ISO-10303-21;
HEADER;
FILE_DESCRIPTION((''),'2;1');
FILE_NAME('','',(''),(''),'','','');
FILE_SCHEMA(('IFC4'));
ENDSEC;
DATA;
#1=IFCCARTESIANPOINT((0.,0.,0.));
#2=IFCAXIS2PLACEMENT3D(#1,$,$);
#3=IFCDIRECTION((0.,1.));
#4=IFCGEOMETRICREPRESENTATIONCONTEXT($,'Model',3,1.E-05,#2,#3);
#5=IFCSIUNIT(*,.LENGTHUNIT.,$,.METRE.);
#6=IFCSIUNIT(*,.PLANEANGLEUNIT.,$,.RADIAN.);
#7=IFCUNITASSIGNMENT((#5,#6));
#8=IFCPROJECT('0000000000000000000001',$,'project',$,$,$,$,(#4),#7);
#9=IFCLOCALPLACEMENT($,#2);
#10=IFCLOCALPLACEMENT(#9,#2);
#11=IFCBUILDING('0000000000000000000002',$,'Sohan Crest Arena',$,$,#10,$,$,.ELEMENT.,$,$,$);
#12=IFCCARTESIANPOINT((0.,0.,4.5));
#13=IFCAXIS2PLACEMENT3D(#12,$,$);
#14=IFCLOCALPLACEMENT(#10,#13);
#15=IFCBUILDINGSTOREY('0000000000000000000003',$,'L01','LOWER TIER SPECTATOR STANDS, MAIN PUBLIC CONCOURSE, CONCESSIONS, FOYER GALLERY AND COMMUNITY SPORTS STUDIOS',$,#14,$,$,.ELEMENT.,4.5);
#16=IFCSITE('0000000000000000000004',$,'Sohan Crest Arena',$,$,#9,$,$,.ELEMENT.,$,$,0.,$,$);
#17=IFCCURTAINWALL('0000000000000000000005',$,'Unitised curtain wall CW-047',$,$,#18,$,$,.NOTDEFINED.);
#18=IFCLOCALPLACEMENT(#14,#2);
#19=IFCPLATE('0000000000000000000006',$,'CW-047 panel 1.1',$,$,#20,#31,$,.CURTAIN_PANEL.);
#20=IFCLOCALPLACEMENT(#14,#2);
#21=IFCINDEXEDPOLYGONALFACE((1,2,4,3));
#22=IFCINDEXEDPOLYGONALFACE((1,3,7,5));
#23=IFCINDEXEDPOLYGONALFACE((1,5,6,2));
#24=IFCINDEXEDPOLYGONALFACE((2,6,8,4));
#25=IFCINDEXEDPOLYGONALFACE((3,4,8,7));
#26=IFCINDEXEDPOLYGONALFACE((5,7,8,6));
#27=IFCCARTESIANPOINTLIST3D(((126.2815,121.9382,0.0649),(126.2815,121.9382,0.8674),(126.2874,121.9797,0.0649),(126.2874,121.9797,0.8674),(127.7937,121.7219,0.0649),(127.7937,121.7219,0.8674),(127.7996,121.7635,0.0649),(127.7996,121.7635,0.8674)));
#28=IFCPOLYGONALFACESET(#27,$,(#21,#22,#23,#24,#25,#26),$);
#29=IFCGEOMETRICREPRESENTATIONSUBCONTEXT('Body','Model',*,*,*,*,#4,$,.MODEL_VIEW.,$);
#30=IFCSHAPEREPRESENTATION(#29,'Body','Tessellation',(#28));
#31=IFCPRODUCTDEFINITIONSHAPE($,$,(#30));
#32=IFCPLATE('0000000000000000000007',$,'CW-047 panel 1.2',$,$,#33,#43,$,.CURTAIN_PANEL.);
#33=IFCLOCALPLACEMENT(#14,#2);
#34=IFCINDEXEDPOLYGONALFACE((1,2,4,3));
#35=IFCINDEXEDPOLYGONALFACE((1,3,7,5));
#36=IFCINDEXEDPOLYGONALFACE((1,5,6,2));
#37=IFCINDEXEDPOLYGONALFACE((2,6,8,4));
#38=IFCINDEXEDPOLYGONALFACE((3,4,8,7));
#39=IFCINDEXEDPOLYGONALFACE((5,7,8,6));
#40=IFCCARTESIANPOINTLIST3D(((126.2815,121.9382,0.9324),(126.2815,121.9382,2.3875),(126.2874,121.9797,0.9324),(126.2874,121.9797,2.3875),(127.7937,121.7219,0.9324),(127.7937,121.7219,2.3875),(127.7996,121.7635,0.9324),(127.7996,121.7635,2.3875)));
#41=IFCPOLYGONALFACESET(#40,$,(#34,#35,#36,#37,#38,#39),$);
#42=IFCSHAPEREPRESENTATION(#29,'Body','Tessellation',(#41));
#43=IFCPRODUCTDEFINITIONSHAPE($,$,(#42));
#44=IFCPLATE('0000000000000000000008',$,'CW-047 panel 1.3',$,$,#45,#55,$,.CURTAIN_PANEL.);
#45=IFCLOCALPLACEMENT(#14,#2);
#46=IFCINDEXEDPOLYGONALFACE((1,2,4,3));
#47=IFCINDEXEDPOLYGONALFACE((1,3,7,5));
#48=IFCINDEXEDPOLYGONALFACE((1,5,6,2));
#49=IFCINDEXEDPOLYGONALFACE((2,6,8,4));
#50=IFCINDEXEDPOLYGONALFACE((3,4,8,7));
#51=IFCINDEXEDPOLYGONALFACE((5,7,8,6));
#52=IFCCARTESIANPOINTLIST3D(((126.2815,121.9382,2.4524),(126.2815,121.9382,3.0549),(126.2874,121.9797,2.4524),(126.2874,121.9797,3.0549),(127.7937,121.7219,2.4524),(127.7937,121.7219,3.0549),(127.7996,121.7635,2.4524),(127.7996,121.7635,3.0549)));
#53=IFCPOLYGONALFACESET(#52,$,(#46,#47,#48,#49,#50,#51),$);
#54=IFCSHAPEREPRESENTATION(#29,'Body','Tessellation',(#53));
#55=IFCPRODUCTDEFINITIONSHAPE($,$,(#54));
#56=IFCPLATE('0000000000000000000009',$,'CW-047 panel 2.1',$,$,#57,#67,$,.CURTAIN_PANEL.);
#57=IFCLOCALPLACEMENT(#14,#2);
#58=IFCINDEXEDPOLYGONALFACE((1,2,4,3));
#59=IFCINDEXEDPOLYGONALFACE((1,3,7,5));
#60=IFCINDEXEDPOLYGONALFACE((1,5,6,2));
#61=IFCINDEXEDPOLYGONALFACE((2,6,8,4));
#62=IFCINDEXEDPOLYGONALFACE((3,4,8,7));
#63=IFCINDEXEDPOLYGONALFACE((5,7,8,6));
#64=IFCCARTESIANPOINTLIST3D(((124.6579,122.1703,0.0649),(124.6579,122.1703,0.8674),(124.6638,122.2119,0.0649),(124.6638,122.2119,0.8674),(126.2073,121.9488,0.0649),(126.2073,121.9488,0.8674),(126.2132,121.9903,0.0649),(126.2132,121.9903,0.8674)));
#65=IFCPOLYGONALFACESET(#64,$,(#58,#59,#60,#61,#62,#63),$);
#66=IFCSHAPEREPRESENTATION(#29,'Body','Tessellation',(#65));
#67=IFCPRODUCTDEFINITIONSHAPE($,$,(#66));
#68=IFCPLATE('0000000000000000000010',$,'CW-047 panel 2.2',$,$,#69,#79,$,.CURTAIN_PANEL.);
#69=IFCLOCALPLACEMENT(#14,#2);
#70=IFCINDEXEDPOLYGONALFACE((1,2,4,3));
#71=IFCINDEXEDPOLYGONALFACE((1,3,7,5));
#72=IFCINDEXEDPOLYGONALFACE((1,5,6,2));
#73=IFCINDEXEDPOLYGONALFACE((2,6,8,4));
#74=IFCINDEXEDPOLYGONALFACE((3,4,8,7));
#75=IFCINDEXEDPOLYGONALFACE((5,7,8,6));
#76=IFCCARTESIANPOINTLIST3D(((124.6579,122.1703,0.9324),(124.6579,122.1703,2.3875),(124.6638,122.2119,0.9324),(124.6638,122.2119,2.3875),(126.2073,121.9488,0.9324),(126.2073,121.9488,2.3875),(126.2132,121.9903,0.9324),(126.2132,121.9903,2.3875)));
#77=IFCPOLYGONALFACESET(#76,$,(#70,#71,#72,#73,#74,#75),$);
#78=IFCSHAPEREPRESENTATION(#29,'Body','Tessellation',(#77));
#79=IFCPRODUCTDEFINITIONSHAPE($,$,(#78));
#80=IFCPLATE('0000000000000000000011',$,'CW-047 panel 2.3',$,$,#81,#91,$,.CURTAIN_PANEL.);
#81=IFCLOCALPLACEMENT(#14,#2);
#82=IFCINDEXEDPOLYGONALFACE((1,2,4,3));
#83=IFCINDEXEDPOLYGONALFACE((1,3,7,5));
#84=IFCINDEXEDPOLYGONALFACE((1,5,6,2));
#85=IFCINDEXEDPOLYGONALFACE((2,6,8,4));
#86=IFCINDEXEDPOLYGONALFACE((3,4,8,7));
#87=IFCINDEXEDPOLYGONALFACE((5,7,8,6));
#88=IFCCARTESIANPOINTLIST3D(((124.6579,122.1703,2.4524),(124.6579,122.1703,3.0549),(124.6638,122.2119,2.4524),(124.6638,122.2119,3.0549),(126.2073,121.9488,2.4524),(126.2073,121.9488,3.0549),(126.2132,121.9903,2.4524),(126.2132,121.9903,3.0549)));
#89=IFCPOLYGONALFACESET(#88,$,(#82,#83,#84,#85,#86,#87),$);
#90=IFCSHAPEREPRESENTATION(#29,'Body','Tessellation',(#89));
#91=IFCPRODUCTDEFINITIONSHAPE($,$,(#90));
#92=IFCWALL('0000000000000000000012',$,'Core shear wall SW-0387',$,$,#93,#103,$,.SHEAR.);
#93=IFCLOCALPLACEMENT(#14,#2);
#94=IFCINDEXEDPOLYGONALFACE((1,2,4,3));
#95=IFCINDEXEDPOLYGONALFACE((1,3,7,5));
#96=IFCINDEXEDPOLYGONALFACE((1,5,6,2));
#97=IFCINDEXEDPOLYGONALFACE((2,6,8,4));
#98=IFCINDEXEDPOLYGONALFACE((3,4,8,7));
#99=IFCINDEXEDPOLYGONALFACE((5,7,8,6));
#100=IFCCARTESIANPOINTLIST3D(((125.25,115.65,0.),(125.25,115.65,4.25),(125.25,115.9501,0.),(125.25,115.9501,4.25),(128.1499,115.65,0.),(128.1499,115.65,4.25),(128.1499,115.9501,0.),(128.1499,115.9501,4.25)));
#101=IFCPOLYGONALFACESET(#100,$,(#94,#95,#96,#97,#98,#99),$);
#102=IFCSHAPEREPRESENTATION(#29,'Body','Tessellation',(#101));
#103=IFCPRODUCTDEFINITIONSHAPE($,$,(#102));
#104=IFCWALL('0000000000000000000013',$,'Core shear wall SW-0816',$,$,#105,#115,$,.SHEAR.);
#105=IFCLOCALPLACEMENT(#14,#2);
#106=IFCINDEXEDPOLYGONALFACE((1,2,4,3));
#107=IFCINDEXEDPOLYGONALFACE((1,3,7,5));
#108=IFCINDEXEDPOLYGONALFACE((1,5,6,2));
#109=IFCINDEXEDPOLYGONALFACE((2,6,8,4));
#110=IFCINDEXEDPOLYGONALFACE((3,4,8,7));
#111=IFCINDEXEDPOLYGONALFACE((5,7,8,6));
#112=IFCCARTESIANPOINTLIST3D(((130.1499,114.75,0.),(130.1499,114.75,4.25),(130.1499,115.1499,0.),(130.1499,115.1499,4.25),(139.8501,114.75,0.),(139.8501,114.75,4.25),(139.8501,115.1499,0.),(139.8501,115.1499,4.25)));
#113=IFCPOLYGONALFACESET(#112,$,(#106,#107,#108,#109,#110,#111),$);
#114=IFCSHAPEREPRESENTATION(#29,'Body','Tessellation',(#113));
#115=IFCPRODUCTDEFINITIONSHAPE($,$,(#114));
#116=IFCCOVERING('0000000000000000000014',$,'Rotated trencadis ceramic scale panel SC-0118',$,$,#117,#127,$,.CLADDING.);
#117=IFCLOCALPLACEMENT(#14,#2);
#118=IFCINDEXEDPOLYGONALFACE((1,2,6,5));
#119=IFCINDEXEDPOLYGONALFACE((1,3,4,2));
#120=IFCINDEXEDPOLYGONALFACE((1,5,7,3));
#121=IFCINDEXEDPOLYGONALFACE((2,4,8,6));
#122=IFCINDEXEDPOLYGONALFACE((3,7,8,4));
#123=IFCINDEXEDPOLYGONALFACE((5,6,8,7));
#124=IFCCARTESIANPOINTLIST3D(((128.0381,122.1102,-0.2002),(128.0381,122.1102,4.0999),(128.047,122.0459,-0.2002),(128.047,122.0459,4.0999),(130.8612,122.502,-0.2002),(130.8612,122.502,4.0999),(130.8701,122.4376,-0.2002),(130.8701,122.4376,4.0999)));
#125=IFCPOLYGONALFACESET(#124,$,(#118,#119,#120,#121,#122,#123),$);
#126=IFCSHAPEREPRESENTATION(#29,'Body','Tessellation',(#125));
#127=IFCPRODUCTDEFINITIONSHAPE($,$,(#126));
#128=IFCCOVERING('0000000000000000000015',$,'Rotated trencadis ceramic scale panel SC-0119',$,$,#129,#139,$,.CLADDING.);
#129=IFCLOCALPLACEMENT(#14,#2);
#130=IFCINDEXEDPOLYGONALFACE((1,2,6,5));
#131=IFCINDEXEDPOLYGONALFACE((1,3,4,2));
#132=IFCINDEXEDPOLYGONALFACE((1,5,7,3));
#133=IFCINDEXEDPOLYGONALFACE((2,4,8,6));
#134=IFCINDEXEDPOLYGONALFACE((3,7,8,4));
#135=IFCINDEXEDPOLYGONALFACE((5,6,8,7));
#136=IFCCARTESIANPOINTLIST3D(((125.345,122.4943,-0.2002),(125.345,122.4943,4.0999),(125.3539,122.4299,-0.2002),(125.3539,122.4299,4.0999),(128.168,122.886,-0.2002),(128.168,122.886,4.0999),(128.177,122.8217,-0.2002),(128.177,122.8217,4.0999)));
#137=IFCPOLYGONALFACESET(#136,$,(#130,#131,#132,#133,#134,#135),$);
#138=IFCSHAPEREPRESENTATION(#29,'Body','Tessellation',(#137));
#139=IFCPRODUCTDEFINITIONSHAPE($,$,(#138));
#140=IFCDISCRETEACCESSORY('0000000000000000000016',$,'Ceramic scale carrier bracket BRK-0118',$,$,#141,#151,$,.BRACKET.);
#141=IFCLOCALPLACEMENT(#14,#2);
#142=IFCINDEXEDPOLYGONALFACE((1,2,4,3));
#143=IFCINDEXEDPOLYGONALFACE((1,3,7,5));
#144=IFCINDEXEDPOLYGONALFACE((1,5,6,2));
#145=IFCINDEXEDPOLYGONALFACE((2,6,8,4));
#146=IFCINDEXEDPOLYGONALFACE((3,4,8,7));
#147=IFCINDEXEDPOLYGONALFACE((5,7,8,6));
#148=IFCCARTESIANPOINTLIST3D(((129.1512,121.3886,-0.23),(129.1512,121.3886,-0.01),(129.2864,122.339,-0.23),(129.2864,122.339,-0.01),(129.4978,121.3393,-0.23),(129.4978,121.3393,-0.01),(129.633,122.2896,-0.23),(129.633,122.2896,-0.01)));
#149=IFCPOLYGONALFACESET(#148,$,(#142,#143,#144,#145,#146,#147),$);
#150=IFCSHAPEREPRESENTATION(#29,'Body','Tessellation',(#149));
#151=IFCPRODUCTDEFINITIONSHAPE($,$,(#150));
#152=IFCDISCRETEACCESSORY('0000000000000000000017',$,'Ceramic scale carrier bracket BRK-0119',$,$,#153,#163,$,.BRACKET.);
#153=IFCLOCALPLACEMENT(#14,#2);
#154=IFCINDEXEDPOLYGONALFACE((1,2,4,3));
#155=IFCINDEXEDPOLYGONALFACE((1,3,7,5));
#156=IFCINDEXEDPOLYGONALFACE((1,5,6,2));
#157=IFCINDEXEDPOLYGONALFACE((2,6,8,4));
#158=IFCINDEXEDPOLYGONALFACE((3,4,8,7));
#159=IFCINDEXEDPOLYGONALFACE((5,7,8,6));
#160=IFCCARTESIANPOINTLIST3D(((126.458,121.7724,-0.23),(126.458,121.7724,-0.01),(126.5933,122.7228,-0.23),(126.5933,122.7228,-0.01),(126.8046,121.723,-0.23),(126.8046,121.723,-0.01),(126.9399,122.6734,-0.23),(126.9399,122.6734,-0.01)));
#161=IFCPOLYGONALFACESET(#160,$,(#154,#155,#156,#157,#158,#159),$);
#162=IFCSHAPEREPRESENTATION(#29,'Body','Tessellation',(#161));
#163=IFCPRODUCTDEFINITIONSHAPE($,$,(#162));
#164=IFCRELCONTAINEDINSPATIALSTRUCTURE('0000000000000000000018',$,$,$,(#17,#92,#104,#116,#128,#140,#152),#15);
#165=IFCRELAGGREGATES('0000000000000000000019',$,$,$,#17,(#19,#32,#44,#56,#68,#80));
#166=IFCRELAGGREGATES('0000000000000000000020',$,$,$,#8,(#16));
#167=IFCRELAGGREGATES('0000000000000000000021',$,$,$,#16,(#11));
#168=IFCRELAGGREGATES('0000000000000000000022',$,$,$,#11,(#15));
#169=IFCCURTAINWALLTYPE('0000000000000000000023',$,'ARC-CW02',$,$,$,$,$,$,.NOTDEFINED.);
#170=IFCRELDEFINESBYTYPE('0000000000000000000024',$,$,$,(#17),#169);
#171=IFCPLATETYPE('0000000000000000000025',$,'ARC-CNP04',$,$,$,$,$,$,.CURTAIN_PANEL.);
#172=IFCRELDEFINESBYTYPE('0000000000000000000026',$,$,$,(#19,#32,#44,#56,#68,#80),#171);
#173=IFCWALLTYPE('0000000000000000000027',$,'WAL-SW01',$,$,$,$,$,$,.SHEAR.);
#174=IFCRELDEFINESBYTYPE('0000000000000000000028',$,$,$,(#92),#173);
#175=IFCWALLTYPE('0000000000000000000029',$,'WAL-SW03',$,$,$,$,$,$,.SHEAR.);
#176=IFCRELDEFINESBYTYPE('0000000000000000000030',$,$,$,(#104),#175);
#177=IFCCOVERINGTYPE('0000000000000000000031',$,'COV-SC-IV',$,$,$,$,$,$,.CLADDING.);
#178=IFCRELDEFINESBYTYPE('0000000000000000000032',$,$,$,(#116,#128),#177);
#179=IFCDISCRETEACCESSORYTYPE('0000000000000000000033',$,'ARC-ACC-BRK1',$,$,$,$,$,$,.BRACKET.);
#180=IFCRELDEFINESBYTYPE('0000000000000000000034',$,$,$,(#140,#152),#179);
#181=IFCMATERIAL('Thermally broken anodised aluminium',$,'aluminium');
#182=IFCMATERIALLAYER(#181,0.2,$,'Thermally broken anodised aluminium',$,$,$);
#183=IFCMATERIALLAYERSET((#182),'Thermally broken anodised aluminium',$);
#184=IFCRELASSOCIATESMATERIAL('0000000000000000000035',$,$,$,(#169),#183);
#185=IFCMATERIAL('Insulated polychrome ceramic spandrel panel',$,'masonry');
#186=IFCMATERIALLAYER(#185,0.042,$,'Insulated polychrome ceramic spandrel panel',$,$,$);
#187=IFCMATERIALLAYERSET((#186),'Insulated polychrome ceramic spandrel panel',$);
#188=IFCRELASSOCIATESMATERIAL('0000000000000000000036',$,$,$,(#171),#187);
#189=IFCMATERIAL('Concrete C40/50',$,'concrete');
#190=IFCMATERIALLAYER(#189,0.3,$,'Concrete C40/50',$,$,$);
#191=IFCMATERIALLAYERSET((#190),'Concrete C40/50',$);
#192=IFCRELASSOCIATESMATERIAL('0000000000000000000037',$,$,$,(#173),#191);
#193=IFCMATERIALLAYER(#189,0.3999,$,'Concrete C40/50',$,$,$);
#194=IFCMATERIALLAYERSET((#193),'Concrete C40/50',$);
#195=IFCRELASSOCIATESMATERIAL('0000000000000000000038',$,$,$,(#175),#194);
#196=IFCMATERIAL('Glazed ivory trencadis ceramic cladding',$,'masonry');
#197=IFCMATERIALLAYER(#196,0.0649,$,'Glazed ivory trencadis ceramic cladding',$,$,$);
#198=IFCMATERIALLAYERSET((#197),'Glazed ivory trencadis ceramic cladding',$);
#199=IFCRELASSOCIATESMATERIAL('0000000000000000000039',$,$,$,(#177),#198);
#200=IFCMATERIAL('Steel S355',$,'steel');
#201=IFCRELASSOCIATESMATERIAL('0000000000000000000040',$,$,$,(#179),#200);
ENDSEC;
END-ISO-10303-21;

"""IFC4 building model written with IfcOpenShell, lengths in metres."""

from ifc_helpers import new_model, si_unit, direction, frame, frame_2d, origin, origin_2d, place, context, subcontext, project, spatial, rectangle, extrude, material, layer, layer_set, type_object, element, aggregate, save


model = new_model("IFC4")

# Units and contexts
model_context = context("Model", 3, precision=1e-05, world=origin(), true_north=direction((0.0, 1.0)))
body_context = subcontext(model_context, "Body", "Model", "MODEL_VIEW")
ifc_project = project(units=[si_unit("LENGTHUNIT", "METRE"), si_unit("PLANEANGLEUNIT", "RADIAN")], contexts=[model_context])

# Site, building, storey
site_placement = place(None, origin())
site = spatial("IfcSite", under=ifc_project, at=site_placement, Name="Sohan Crest Arena", CompositionType="ELEMENT", RefElevation=0.0)
building_placement = place(site_placement, origin())
building = spatial("IfcBuilding", under=site, at=building_placement, Name="Sohan Crest Arena", CompositionType="ELEMENT")
storey_placement = place(building_placement, frame((0.0, 0.0, 4.5)))
storey = spatial("IfcBuildingStorey", under=building, at=storey_placement, Name="L01", Description="LOWER TIER SPECTATOR STANDS, MAIN PUBLIC CONCOURSE, CONCESSIONS, FOYER GALLERY AND COMMUNITY SPORTS STUDIOS", CompositionType="ELEMENT", Elevation=4.5)

# Shared definitions
ifc_material_1 = material(Name="Steel S355", Category="steel")

# Curtain wall
ifc_material_2 = material(Name="Thermally broken anodised aluminium", Category="aluminium")
ifc_layer_1 = layer(ifc_material_2, 0.2, Name="Thermally broken anodised aluminium")
ifc_layer_set_1 = layer_set([ifc_layer_1], Name="Thermally broken anodised aluminium")
curtain_wall_type_1 = type_object("IfcCurtainWallType", Name="ARC-CW02", PredefinedType="NOTDEFINED", material=ifc_layer_set_1)
curtain_wall_1_placement = place(storey_placement, origin())
curtain_wall_1 = element("IfcCurtainWall", 1, at=curtain_wall_1_placement, inside=storey, type_object=curtain_wall_type_1, Name="Unitised curtain wall CW-047", PredefinedType="NOTDEFINED")

# Plates
ifc_material_3 = material(Name="Insulated polychrome ceramic spandrel panel", Category="masonry")
ifc_layer_2 = layer(ifc_material_3, 0.042, Name="Insulated polychrome ceramic spandrel panel")
ifc_layer_set_2 = layer_set([ifc_layer_2], Name="Insulated polychrome ceramic spandrel panel")
plate_type_1 = type_object("IfcPlateType", Name="ARC-CNP04", PredefinedType="CURTAIN_PANEL", material=ifc_layer_set_2)
plate_1_placement = place(storey_placement, frame((127.0405, 121.8508, 0.0649), z_axis=(0.0, 0.0, 1.0), x_axis=(-0.989931, 0.141549, 0.0)))
plate_1 = element("IfcPlate", 2, at=plate_1_placement, type_object=plate_type_1, Name="CW-047 panel 1.1", PredefinedType="CURTAIN_PANEL", context=body_context, shape_type="SweptSolid", body=[
    extrude(rectangle(XDim=1.5276, YDim=0.042, at=origin_2d()), origin(), (0.0, 0.0, 1.0), 0.8025),
])
plate_2_placement = place(storey_placement, frame((127.0405, 121.8508, 0.9324), z_axis=(0.0, 0.0, 1.0), x_axis=(-0.989931, 0.141549, 0.0)))
plate_2 = element("IfcPlate", 3, at=plate_2_placement, type_object=plate_type_1, Name="CW-047 panel 1.2", PredefinedType="CURTAIN_PANEL", context=body_context, shape_type="SweptSolid", body=[
    extrude(rectangle(XDim=1.5276, YDim=0.042, at=origin_2d()), origin(), (0.0, 0.0, 1.0), 1.4551),
])
plate_3_placement = place(storey_placement, frame((127.0405, 121.8508, 2.4524), z_axis=(0.0, 0.0, 1.0), x_axis=(-0.989931, 0.141549, 0.0)))
plate_3 = element("IfcPlate", 4, at=plate_3_placement, type_object=plate_type_1, Name="CW-047 panel 1.3", PredefinedType="CURTAIN_PANEL", context=body_context, shape_type="SweptSolid", body=[
    extrude(rectangle(XDim=1.5276, YDim=0.042, at=origin_2d()), origin(), (0.0, 0.0, 1.0), 0.6025),
])
plate_4_placement = place(storey_placement, frame((125.4355, 122.0803, 0.0649), z_axis=(0.0, 0.0, 1.0), x_axis=(-0.989931, 0.141549, 0.0)))
plate_4 = element("IfcPlate", 5, at=plate_4_placement, type_object=plate_type_1, Name="CW-047 panel 2.1", PredefinedType="CURTAIN_PANEL", context=body_context, shape_type="SweptSolid", body=[
    extrude(rectangle(XDim=1.5652, YDim=0.042, at=origin_2d()), origin(), (0.0, 0.0, 1.0), 0.8025),
])
plate_5_placement = place(storey_placement, frame((125.4355, 122.0803, 0.9324), z_axis=(0.0, 0.0, 1.0), x_axis=(-0.989931, 0.141549, 0.0)))
plate_5 = element("IfcPlate", 6, at=plate_5_placement, type_object=plate_type_1, Name="CW-047 panel 2.2", PredefinedType="CURTAIN_PANEL", context=body_context, shape_type="SweptSolid", body=[
    extrude(rectangle(XDim=1.5652, YDim=0.042, at=origin_2d()), origin(), (0.0, 0.0, 1.0), 1.4551),
])
plate_6_placement = place(storey_placement, frame((125.4355, 122.0803, 2.4524), z_axis=(0.0, 0.0, 1.0), x_axis=(-0.989931, 0.141549, 0.0)))
plate_6 = element("IfcPlate", 7, at=plate_6_placement, type_object=plate_type_1, Name="CW-047 panel 2.3", PredefinedType="CURTAIN_PANEL", context=body_context, shape_type="SweptSolid", body=[
    extrude(rectangle(XDim=1.5652, YDim=0.042, at=origin_2d()), origin(), (0.0, 0.0, 1.0), 0.6025),
])
aggregate(curtain_wall_1, [plate_1, plate_2, plate_3, plate_4, plate_5, plate_6])

# Walls
ifc_material_4 = material(Name="Concrete C40/50", Category="concrete")
ifc_layer_3 = layer(ifc_material_4, 0.3, Name="Concrete C40/50")
ifc_layer_set_3 = layer_set([ifc_layer_3], Name="Concrete C40/50")
wall_type_1 = type_object("IfcWallType", Name="WAL-SW01", PredefinedType="SHEAR", material=ifc_layer_set_3)
wall_1_placement = place(storey_placement, frame((125.25, 115.8, 0.0), z_axis=(0.0, 0.0, 1.0), x_axis=(1.0, 0.0, 0.0)))
element("IfcWall", 8, at=wall_1_placement, inside=storey, type_object=wall_type_1, Name="Core shear wall SW-0387", PredefinedType="SHEAR", context=body_context, shape_type="SweptSolid", body=[
    extrude(rectangle(XDim=2.8999, YDim=0.3, at=frame_2d((1.45, 0.0))), origin(), (0.0, 0.0, 1.0), 4.25),
])
ifc_layer_4 = layer(ifc_material_4, 0.3999, Name="Concrete C40/50")
ifc_layer_set_4 = layer_set([ifc_layer_4], Name="Concrete C40/50")
wall_type_2 = type_object("IfcWallType", Name="WAL-SW03", PredefinedType="SHEAR", material=ifc_layer_set_4)
wall_2_placement = place(storey_placement, frame((130.1499, 114.95, 0.0), z_axis=(0.0, 0.0, 1.0), x_axis=(1.0, 0.0, 0.0)))
element("IfcWall", 9, at=wall_2_placement, inside=storey, type_object=wall_type_2, Name="Core shear wall SW-0816", PredefinedType="SHEAR", context=body_context, shape_type="SweptSolid", body=[
    extrude(rectangle(XDim=9.7002, YDim=0.3999, at=frame_2d((4.8501, 0.0))), origin(), (0.0, 0.0, 1.0), 4.25),
])

# Coverings
ifc_material_5 = material(Name="Glazed ivory trencadis ceramic cladding", Category="masonry")
ifc_layer_5 = layer(ifc_material_5, 0.0649, Name="Glazed ivory trencadis ceramic cladding")
ifc_layer_set_5 = layer_set([ifc_layer_5], Name="Glazed ivory trencadis ceramic cladding")
covering_type = type_object("IfcCoveringType", Name="COV-SC-IV", PredefinedType="CLADDING", material=ifc_layer_set_5)
for number, where, z_axis, x_axis, name in (
    (10, (129.4541, 122.2739, -0.2002), (0.0, 0.0, 1.0), (-0.990509, -0.137445, 0.0), "Rotated trencadis ceramic scale panel SC-0118"),
    (11, (126.761, 122.658, -0.2002), (0.0, 0.0, 1.0), (-0.990509, -0.137445, 0.0), "Rotated trencadis ceramic scale panel SC-0119"),
):
    element("IfcCovering", number, at=place(storey_placement, frame(where, z_axis=z_axis, x_axis=x_axis)), inside=storey, type_object=covering_type, Name=name, PredefinedType="CLADDING", context=body_context, shape_type="SweptSolid", body=[
        extrude(rectangle(XDim=2.8501, YDim=0.0649, at=origin_2d()), origin(), (0.0, 0.0, 1.0), 4.3),
    ])

# Discrete accessories
discrete_accessory_type = type_object("IfcDiscreteAccessoryType", Name="ARC-ACC-BRK1", PredefinedType="BRACKET", material=ifc_material_1)
for number, where, z_axis, x_axis, name in (
    (12, (129.3921, 121.8391, -0.23), (0.0, 0.0, 1.0), (-0.990024, 0.140901, 0.0), "Ceramic scale carrier bracket BRK-0118"),
    (13, (126.699, 122.2229, -0.23), (0.0, 0.0, 1.0), (-0.990024, 0.140901, 0.0), "Ceramic scale carrier bracket BRK-0119"),
):
    element("IfcDiscreteAccessory", number, at=place(storey_placement, frame(where, z_axis=z_axis, x_axis=x_axis)), inside=storey, type_object=discrete_accessory_type, Name=name, PredefinedType="BRACKET", context=body_context, shape_type="SweptSolid", body=[
        extrude(rectangle(XDim=0.3501, YDim=0.96, at=origin_2d()), origin(), (0.0, 0.0, 1.0), 0.22),
    ])

save(model, "model.ifc")
